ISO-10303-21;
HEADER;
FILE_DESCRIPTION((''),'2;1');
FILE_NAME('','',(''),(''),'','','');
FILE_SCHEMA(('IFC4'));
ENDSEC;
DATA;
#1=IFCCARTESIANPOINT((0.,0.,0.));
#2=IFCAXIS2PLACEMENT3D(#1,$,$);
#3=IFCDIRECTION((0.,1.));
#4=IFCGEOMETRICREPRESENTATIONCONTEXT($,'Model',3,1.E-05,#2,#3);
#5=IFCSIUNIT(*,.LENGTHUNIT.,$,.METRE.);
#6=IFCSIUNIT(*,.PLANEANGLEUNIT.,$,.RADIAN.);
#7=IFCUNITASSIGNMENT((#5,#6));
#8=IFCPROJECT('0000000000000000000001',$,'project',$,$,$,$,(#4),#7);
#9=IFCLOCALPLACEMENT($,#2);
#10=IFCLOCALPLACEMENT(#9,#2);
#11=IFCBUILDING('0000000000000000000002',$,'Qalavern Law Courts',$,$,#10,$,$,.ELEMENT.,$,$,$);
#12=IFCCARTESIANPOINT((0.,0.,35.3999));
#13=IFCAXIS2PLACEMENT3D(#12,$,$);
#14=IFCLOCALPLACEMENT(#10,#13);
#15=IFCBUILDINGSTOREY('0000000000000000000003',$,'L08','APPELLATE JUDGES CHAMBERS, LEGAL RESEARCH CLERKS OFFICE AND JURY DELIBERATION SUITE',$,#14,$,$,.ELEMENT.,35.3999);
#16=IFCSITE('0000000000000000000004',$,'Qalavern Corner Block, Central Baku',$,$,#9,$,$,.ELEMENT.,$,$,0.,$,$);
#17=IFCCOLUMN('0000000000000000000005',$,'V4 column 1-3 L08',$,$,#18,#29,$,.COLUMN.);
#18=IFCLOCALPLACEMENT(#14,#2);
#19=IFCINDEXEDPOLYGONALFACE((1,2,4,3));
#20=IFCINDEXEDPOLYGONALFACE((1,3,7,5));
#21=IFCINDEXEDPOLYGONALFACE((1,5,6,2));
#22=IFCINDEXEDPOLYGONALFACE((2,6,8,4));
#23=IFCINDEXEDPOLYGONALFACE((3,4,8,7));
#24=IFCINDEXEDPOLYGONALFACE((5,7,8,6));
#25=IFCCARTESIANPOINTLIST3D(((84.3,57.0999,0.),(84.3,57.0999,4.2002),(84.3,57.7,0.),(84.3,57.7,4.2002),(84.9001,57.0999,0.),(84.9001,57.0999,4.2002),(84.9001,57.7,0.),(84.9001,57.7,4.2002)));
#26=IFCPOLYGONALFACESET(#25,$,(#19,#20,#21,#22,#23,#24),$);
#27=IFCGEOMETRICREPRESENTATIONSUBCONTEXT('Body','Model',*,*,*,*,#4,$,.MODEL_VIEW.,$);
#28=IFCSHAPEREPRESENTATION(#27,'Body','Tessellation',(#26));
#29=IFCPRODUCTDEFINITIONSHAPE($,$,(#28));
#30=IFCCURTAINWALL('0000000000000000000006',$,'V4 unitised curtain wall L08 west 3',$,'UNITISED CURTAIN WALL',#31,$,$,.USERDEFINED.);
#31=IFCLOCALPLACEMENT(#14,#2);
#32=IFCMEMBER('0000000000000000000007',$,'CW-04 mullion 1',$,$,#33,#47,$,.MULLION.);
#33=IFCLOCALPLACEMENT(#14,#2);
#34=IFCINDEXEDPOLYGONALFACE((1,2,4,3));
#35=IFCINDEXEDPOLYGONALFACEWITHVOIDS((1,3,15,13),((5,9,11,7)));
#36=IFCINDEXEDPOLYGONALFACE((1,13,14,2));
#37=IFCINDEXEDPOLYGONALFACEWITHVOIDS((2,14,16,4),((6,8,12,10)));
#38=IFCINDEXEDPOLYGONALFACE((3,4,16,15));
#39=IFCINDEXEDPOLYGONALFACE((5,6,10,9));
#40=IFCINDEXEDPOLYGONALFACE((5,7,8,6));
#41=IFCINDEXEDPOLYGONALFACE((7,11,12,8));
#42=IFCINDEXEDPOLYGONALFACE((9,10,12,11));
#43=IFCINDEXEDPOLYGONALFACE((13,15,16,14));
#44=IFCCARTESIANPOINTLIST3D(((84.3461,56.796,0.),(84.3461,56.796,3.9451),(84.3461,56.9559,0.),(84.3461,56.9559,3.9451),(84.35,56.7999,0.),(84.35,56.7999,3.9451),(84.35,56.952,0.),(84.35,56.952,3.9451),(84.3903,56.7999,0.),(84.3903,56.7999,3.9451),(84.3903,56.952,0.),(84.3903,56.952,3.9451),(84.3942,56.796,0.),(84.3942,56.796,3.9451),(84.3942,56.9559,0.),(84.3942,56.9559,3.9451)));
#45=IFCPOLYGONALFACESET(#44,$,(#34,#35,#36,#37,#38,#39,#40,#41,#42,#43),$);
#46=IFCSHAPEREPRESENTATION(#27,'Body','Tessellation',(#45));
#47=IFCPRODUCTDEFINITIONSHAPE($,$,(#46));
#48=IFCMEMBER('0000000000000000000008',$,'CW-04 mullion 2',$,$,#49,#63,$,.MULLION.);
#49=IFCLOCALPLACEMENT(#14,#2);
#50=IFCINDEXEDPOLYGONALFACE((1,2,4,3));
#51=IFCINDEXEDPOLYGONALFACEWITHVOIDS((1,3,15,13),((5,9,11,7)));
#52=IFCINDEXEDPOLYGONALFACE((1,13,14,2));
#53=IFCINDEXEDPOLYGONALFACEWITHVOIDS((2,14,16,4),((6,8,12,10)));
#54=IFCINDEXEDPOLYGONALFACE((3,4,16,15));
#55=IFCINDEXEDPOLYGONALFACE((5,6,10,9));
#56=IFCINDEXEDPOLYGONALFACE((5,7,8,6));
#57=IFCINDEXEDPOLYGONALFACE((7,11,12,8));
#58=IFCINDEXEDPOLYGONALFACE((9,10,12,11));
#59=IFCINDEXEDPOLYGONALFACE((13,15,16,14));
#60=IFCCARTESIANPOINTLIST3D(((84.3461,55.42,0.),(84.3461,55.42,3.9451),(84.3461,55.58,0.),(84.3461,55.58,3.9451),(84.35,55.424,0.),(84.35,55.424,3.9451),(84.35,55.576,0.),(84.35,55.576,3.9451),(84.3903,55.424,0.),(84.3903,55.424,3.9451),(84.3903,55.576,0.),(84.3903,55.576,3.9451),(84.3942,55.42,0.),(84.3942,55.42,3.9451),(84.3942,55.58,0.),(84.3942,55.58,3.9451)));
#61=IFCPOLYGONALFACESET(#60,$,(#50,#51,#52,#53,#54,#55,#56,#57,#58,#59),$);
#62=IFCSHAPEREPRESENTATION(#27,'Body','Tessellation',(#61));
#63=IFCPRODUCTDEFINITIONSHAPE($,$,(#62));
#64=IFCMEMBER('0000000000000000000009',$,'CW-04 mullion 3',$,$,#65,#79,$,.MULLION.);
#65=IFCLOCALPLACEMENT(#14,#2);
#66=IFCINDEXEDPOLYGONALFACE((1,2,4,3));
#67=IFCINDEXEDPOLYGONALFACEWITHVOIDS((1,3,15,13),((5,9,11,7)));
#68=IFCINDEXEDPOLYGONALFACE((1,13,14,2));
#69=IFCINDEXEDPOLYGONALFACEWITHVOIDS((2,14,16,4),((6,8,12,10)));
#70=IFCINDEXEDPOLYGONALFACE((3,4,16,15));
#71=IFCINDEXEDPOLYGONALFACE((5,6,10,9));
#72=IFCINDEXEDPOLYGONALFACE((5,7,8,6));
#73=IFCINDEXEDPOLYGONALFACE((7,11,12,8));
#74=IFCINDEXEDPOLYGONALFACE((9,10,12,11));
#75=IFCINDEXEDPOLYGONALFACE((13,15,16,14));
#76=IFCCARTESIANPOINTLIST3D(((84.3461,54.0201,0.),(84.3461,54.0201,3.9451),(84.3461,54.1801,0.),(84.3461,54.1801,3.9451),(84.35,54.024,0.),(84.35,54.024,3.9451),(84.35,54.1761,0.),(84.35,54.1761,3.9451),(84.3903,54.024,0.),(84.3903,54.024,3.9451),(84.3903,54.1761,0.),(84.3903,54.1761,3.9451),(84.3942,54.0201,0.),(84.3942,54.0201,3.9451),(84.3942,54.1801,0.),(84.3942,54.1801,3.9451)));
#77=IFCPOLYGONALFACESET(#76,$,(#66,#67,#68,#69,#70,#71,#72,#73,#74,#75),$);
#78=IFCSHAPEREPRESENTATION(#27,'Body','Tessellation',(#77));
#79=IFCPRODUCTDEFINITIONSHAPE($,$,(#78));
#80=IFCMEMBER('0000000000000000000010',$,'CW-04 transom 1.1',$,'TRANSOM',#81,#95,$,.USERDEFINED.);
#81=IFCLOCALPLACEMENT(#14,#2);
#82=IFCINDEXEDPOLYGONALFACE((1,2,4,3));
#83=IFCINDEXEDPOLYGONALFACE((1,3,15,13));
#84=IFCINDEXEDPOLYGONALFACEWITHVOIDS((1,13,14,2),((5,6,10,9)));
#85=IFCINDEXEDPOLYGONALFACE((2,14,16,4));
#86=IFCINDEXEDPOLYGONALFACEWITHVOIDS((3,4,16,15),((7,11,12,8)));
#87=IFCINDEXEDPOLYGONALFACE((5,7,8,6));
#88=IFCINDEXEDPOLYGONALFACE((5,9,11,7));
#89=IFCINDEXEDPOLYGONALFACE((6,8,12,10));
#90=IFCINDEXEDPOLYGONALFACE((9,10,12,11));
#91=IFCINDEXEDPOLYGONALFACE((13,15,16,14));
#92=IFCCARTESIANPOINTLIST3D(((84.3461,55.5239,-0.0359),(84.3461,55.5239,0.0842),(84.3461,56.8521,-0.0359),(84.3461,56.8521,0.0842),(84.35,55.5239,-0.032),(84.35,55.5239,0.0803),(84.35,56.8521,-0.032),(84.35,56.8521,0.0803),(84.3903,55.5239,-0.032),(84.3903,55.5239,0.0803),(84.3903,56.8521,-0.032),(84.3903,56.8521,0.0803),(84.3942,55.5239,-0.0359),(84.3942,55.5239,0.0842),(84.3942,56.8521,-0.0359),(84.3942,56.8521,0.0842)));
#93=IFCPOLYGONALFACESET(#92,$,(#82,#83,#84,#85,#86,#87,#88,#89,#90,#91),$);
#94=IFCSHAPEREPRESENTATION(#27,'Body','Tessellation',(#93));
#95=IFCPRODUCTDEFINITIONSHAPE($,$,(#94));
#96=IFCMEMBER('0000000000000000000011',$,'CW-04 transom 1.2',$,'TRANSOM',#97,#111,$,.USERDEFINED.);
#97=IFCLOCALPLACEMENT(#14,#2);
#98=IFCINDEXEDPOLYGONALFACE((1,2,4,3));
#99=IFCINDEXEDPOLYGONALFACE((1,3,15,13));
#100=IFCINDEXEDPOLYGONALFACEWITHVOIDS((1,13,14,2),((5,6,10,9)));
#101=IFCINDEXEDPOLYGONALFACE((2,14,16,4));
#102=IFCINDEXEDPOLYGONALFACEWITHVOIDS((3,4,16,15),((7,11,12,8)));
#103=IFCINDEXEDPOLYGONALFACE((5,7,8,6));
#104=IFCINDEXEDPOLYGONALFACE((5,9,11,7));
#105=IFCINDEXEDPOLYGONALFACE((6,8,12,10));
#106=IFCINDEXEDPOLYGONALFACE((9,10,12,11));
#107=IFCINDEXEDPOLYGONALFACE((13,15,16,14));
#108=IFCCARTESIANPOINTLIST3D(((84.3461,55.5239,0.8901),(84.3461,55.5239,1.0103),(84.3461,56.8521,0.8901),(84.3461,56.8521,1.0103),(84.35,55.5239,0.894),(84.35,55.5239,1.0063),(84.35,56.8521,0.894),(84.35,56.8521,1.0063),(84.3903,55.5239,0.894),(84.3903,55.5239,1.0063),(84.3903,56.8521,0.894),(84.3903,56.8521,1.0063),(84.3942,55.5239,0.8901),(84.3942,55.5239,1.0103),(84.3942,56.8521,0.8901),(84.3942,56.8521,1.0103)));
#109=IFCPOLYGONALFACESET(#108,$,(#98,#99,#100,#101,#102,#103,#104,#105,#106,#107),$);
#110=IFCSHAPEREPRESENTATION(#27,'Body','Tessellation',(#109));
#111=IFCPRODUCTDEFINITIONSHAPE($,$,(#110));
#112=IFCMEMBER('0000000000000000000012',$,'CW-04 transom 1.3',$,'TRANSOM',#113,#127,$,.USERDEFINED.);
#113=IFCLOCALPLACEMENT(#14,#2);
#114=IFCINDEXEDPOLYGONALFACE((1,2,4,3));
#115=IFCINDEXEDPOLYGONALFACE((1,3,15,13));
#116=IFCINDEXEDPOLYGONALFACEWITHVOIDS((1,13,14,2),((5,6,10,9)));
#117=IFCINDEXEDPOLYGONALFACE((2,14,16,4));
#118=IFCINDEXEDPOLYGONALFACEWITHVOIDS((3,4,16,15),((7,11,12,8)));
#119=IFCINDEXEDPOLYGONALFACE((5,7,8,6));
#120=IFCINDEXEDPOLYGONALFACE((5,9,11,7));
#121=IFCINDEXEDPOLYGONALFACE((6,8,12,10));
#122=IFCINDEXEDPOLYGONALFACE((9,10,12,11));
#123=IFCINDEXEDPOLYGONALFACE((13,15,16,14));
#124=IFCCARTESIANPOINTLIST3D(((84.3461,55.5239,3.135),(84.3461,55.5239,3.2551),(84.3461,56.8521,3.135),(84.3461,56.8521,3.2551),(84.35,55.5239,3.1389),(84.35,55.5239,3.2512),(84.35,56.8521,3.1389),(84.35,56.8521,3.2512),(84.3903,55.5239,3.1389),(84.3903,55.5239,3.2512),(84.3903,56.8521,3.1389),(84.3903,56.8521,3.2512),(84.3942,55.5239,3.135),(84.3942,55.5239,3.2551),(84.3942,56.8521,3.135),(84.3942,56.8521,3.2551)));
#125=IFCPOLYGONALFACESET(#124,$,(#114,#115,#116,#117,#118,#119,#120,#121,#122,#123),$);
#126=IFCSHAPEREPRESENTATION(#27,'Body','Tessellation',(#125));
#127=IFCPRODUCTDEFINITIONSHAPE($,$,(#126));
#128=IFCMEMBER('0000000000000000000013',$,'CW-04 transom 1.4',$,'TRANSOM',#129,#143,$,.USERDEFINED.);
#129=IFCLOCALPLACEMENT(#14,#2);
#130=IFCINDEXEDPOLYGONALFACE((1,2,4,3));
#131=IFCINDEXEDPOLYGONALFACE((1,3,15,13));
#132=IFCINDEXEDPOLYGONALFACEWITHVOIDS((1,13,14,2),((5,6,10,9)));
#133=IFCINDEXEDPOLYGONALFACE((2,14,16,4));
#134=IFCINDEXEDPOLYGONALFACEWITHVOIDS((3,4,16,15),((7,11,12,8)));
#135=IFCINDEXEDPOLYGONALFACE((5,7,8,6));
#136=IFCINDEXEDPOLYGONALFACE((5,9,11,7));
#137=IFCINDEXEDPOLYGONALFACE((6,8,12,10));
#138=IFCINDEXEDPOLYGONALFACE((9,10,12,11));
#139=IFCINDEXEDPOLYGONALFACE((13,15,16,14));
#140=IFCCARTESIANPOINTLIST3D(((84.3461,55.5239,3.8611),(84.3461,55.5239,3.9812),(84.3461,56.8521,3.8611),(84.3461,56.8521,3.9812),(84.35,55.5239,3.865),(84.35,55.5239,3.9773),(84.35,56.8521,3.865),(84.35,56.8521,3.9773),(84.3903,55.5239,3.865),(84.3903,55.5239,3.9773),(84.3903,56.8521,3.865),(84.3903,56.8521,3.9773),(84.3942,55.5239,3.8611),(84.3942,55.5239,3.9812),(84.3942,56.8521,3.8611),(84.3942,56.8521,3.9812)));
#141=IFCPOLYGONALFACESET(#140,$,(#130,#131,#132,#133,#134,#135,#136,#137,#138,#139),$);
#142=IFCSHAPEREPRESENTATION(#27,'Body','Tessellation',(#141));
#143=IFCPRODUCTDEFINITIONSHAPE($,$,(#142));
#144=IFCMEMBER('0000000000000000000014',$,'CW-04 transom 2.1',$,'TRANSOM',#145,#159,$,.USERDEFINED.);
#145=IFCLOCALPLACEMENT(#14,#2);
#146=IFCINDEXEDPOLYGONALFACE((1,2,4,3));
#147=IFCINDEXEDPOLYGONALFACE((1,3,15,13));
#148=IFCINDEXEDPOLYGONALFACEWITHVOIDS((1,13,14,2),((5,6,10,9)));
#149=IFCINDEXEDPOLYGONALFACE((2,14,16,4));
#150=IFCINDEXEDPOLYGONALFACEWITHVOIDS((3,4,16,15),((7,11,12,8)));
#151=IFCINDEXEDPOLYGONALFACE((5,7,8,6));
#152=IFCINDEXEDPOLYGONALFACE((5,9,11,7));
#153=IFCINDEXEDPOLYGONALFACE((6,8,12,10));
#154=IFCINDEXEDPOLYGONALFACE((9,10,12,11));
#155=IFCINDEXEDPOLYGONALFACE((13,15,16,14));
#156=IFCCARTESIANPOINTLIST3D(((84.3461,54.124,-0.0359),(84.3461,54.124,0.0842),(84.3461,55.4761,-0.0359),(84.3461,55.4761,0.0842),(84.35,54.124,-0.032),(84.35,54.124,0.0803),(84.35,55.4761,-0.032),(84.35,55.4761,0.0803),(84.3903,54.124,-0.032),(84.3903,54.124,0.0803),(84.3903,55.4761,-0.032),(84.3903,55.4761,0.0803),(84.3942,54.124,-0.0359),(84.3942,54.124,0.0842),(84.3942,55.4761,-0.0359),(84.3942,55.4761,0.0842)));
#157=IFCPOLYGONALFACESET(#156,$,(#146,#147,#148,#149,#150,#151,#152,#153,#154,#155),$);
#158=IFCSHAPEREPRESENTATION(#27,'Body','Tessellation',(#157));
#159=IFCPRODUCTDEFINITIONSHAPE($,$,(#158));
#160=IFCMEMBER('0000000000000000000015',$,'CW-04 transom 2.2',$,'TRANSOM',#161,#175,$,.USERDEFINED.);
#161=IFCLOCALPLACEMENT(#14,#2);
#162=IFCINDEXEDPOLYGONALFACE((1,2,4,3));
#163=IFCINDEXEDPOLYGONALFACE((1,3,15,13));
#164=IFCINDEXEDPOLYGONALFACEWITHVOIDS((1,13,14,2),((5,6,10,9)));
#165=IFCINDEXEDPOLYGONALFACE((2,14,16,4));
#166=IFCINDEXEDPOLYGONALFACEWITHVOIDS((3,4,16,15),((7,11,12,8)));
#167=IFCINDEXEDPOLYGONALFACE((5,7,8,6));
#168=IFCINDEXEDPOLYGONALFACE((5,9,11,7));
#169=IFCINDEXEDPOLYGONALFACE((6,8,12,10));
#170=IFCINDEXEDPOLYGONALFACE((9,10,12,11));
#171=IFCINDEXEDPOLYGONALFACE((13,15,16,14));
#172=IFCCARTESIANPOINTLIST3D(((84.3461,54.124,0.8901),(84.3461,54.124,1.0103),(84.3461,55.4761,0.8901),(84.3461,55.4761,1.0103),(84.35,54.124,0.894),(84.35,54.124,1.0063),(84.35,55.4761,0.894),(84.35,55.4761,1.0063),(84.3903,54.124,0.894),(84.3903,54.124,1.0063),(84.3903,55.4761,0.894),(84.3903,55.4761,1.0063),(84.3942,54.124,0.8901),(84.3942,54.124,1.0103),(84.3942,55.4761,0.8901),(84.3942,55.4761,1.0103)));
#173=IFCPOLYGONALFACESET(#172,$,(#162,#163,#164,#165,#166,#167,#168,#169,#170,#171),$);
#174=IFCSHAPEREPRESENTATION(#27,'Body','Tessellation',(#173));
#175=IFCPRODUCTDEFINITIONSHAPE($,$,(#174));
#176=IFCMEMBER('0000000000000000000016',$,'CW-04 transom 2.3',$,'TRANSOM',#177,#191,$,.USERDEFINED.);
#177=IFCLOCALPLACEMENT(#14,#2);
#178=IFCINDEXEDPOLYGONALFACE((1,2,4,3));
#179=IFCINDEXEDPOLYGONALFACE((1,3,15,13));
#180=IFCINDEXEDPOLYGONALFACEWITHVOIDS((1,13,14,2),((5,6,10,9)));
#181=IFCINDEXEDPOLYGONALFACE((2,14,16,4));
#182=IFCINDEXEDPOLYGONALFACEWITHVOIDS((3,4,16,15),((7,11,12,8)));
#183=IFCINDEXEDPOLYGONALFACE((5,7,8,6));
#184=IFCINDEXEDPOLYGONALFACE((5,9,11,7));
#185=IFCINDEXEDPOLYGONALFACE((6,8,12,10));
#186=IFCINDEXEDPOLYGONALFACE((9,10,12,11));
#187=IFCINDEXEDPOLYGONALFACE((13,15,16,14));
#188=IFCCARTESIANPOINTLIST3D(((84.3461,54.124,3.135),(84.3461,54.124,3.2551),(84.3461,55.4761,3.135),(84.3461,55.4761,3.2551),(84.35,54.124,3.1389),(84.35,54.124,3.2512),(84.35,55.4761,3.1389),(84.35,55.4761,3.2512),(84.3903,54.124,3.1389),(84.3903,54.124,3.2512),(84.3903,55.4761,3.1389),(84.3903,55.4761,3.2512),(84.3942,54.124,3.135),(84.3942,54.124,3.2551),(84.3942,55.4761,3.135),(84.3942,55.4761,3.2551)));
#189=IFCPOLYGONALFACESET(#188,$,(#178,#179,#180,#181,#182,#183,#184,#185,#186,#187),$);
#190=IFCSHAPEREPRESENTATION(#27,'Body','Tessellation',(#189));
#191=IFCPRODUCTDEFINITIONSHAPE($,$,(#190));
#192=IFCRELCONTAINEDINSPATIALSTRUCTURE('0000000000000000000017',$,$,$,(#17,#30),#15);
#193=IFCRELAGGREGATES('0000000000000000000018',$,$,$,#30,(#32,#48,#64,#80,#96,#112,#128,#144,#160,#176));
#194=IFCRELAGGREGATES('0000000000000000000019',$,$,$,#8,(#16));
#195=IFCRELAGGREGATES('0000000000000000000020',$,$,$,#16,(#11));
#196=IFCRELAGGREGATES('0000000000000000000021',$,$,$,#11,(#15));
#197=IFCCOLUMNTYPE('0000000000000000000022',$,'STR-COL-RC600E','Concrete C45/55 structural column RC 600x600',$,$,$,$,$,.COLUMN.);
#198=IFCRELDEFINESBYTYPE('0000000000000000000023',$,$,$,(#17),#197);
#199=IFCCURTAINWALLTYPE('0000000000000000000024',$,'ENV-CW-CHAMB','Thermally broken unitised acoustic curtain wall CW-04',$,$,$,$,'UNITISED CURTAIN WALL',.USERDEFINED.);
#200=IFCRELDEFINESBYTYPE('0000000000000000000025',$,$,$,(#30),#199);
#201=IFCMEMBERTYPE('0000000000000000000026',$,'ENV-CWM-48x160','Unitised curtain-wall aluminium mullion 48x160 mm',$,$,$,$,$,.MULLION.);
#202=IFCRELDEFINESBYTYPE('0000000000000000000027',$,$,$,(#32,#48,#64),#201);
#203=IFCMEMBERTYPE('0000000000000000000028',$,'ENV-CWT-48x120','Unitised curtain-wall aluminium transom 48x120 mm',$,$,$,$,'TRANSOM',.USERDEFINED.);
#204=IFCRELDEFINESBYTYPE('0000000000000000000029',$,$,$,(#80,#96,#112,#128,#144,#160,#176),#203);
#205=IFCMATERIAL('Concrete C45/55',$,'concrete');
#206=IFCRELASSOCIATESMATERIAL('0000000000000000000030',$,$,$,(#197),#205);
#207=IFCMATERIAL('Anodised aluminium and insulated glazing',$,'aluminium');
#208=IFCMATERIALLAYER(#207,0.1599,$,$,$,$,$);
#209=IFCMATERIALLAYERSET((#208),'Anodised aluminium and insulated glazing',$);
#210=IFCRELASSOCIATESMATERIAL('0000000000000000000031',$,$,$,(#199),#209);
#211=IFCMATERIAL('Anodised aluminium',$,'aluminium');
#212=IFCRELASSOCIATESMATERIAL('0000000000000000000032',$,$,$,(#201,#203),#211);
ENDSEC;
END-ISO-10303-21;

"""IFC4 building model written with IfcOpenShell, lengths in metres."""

from ifc_helpers import new_model, si_unit, direction, frame, origin, origin_2d, place, context, subcontext, project, spatial, rectangle, hollow_rectangle, extrude, material, layer, layer_set, material_profile, profile_set, type_object, element, aggregate, save


model = new_model("IFC4")

# Units and contexts
model_context = context("Model", 3, precision=1e-05, world=origin(), true_north=direction((0.0, 1.0)))
body_context = subcontext(model_context, "Body", "Model", "MODEL_VIEW")
ifc_project = project(units=[si_unit("LENGTHUNIT", "METRE"), si_unit("PLANEANGLEUNIT", "RADIAN")], contexts=[model_context])

# Site, building, storey
site_placement = place(None, origin())
site = spatial("IfcSite", under=ifc_project, at=site_placement, Name="Qalavern Corner Block, Central Baku", CompositionType="ELEMENT", RefElevation=0.0)
building_placement = place(site_placement, origin())
building = spatial("IfcBuilding", under=site, at=building_placement, Name="Qalavern Law Courts", CompositionType="ELEMENT")
storey_placement = place(building_placement, frame((0.0, 0.0, 35.3999)))
storey = spatial("IfcBuildingStorey", under=building, at=storey_placement, Name="L08", Description="APPELLATE JUDGES CHAMBERS, LEGAL RESEARCH CLERKS OFFICE AND JURY DELIBERATION SUITE", CompositionType="ELEMENT", Elevation=35.3999)

# Column
ifc_material_1 = material(Name="Concrete C45/55", Category="concrete")
ifc_material_profile_1 = material_profile(ifc_material_1, rectangle(XDim=0.6001, YDim=0.6001, at=origin_2d()), Name="RC 600x600")
ifc_profile_set_1 = profile_set([ifc_material_profile_1], Name="Concrete C45/55")
column_type = type_object("IfcColumnType", Name="STR-COL-RC600E", Description="Concrete C45/55 structural column RC 600x600", PredefinedType="COLUMN", material=ifc_profile_set_1)
column_placement = place(storey_placement, frame((84.6001, 57.3999, 0.0), z_axis=(0.0, 0.0, 1.0), x_axis=(1.0, 0.0, 0.0)))
element("IfcColumn", 1, at=column_placement, inside=storey, type_object=column_type, Name="V4 column 1-3 L08", PredefinedType="COLUMN", context=body_context, shape_type="SweptSolid", body=[
    extrude(rectangle(XDim=0.6001, YDim=0.6001, at=origin_2d()), origin(), (0.0, 0.0, 1.0), 4.2002),
])

# Curtain wall, members
ifc_material_2 = material(Name="Anodised aluminium and insulated glazing", Category="aluminium")
ifc_layer_1 = layer(ifc_material_2, 0.1599)
ifc_layer_set_1 = layer_set([ifc_layer_1], Name="Anodised aluminium and insulated glazing")
curtain_wall_type = type_object("IfcCurtainWallType", Name="ENV-CW-CHAMB", Description="Thermally broken unitised acoustic curtain wall CW-04", ElementType="UNITISED CURTAIN WALL", PredefinedType="USERDEFINED", material=ifc_layer_set_1)
curtain_wall_placement = place(storey_placement, origin())
curtain_wall = element("IfcCurtainWall", 2, at=curtain_wall_placement, inside=storey, type_object=curtain_wall_type, Name="V4 unitised curtain wall L08 west 3", ObjectType="UNITISED CURTAIN WALL", PredefinedType="USERDEFINED")
ifc_material_3 = material(Name="Anodised aluminium", Category="aluminium")
ifc_material_profile_2 = material_profile(ifc_material_3, hollow_rectangle(XDim=0.0481, YDim=0.1599, WallThickness=0.0039, at=origin_2d()), Name="ALU MULLION 48x160")
ifc_profile_set_2 = profile_set([ifc_material_profile_2], Name="Anodised aluminium")
member_type_1 = type_object("IfcMemberType", Name="ENV-CWM-48x160", Description="Unitised curtain-wall aluminium mullion 48x160 mm", PredefinedType="MULLION", material=ifc_profile_set_2)
member_1_placement = place(storey_placement, frame((84.3701, 56.876, 0.0), z_axis=(0.0, 0.0, 1.0), x_axis=(1.0, 0.0, 0.0)))
member_1 = element("IfcMember", 3, at=member_1_placement, type_object=member_type_1, Name="CW-04 mullion 1", PredefinedType="MULLION", context=body_context, shape_type="SweptSolid", body=[
    extrude(hollow_rectangle(XDim=0.0481, YDim=0.1599, WallThickness=0.0039, at=origin_2d()), origin(), (0.0, 0.0, 1.0), 3.9451),
])
member_2_placement = place(storey_placement, frame((84.3701, 55.5, 0.0), z_axis=(0.0, 0.0, 1.0), x_axis=(1.0, 0.0, 0.0)))
member_2 = element("IfcMember", 4, at=member_2_placement, type_object=member_type_1, Name="CW-04 mullion 2", PredefinedType="MULLION", context=body_context, shape_type="SweptSolid", body=[
    extrude(hollow_rectangle(XDim=0.0481, YDim=0.1599, WallThickness=0.0039, at=origin_2d()), origin(), (0.0, 0.0, 1.0), 3.9451),
])
member_3_placement = place(storey_placement, frame((84.3701, 54.1001, 0.0), z_axis=(0.0, 0.0, 1.0), x_axis=(1.0, 0.0, 0.0)))
member_3 = element("IfcMember", 5, at=member_3_placement, type_object=member_type_1, Name="CW-04 mullion 3", PredefinedType="MULLION", context=body_context, shape_type="SweptSolid", body=[
    extrude(hollow_rectangle(XDim=0.0481, YDim=0.1599, WallThickness=0.0039, at=origin_2d()), origin(), (0.0, 0.0, 1.0), 3.9451),
])
ifc_material_profile_3 = material_profile(ifc_material_3, hollow_rectangle(XDim=0.0481, YDim=0.1201, WallThickness=0.0039, at=origin_2d()), Name="ALU TRANSOM 48x120")
ifc_profile_set_3 = profile_set([ifc_material_profile_3], Name="Anodised aluminium")
member_type_2 = type_object("IfcMemberType", Name="ENV-CWT-48x120", Description="Unitised curtain-wall aluminium transom 48x120 mm", ElementType="TRANSOM", PredefinedType="USERDEFINED", material=ifc_profile_set_3)
member_4_placement = place(storey_placement, frame((84.3701, 56.8521, 0.0242), z_axis=(0.0, -1.0, 0.0), x_axis=(1.0, 0.0, 0.0)))
member_4 = element("IfcMember", 6, at=member_4_placement, type_object=member_type_2, Name="CW-04 transom 1.1", ObjectType="TRANSOM", PredefinedType="USERDEFINED", context=body_context, shape_type="SweptSolid", body=[
    extrude(hollow_rectangle(XDim=0.0481, YDim=0.1201, WallThickness=0.0039, at=origin_2d()), origin(), (0.0, 0.0, 1.0), 1.3281),
])
member_5_placement = place(storey_placement, frame((84.3701, 56.8521, 0.9502), z_axis=(0.0, -1.0, 0.0), x_axis=(1.0, 0.0, 0.0)))
member_5 = element("IfcMember", 7, at=member_5_placement, type_object=member_type_2, Name="CW-04 transom 1.2", ObjectType="TRANSOM", PredefinedType="USERDEFINED", context=body_context, shape_type="SweptSolid", body=[
    extrude(hollow_rectangle(XDim=0.0481, YDim=0.1201, WallThickness=0.0039, at=origin_2d()), origin(), (0.0, 0.0, 1.0), 1.3281),
])
member_6_placement = place(storey_placement, frame((84.3701, 56.8521, 3.1951), z_axis=(0.0, -1.0, 0.0), x_axis=(1.0, 0.0, 0.0)))
member_6 = element("IfcMember", 8, at=member_6_placement, type_object=member_type_2, Name="CW-04 transom 1.3", ObjectType="TRANSOM", PredefinedType="USERDEFINED", context=body_context, shape_type="SweptSolid", body=[
    extrude(hollow_rectangle(XDim=0.0481, YDim=0.1201, WallThickness=0.0039, at=origin_2d()), origin(), (0.0, 0.0, 1.0), 1.3281),
])
member_7_placement = place(storey_placement, frame((84.3701, 56.8521, 3.9211), z_axis=(0.0, -1.0, 0.0), x_axis=(1.0, 0.0, 0.0)))
member_7 = element("IfcMember", 9, at=member_7_placement, type_object=member_type_2, Name="CW-04 transom 1.4", ObjectType="TRANSOM", PredefinedType="USERDEFINED", context=body_context, shape_type="SweptSolid", body=[
    extrude(hollow_rectangle(XDim=0.0481, YDim=0.1201, WallThickness=0.0039, at=origin_2d()), origin(), (0.0, 0.0, 1.0), 1.3281),
])
member_8_placement = place(storey_placement, frame((84.3701, 55.4761, 0.0242), z_axis=(0.0, -1.0, 0.0), x_axis=(1.0, 0.0, 0.0)))
member_8 = element("IfcMember", 10, at=member_8_placement, type_object=member_type_2, Name="CW-04 transom 2.1", ObjectType="TRANSOM", PredefinedType="USERDEFINED", context=body_context, shape_type="SweptSolid", body=[
    extrude(hollow_rectangle(XDim=0.0481, YDim=0.1201, WallThickness=0.0039, at=origin_2d()), origin(), (0.0, 0.0, 1.0), 1.3521),
])
member_9_placement = place(storey_placement, frame((84.3701, 55.4761, 0.9502), z_axis=(0.0, -1.0, 0.0), x_axis=(1.0, 0.0, 0.0)))
member_9 = element("IfcMember", 11, at=member_9_placement, type_object=member_type_2, Name="CW-04 transom 2.2", ObjectType="TRANSOM", PredefinedType="USERDEFINED", context=body_context, shape_type="SweptSolid", body=[
    extrude(hollow_rectangle(XDim=0.0481, YDim=0.1201, WallThickness=0.0039, at=origin_2d()), origin(), (0.0, 0.0, 1.0), 1.3521),
])
member_10_placement = place(storey_placement, frame((84.3701, 55.4761, 3.1951), z_axis=(0.0, -1.0, 0.0), x_axis=(1.0, 0.0, 0.0)))
member_10 = element("IfcMember", 12, at=member_10_placement, type_object=member_type_2, Name="CW-04 transom 2.3", ObjectType="TRANSOM", PredefinedType="USERDEFINED", context=body_context, shape_type="SweptSolid", body=[
    extrude(hollow_rectangle(XDim=0.0481, YDim=0.1201, WallThickness=0.0039, at=origin_2d()), origin(), (0.0, 0.0, 1.0), 1.3521),
])

aggregate(curtain_wall, [member_1, member_2, member_3, member_4, member_5, member_6, member_7, member_8, member_9, member_10])

save(model, "model.ifc")
